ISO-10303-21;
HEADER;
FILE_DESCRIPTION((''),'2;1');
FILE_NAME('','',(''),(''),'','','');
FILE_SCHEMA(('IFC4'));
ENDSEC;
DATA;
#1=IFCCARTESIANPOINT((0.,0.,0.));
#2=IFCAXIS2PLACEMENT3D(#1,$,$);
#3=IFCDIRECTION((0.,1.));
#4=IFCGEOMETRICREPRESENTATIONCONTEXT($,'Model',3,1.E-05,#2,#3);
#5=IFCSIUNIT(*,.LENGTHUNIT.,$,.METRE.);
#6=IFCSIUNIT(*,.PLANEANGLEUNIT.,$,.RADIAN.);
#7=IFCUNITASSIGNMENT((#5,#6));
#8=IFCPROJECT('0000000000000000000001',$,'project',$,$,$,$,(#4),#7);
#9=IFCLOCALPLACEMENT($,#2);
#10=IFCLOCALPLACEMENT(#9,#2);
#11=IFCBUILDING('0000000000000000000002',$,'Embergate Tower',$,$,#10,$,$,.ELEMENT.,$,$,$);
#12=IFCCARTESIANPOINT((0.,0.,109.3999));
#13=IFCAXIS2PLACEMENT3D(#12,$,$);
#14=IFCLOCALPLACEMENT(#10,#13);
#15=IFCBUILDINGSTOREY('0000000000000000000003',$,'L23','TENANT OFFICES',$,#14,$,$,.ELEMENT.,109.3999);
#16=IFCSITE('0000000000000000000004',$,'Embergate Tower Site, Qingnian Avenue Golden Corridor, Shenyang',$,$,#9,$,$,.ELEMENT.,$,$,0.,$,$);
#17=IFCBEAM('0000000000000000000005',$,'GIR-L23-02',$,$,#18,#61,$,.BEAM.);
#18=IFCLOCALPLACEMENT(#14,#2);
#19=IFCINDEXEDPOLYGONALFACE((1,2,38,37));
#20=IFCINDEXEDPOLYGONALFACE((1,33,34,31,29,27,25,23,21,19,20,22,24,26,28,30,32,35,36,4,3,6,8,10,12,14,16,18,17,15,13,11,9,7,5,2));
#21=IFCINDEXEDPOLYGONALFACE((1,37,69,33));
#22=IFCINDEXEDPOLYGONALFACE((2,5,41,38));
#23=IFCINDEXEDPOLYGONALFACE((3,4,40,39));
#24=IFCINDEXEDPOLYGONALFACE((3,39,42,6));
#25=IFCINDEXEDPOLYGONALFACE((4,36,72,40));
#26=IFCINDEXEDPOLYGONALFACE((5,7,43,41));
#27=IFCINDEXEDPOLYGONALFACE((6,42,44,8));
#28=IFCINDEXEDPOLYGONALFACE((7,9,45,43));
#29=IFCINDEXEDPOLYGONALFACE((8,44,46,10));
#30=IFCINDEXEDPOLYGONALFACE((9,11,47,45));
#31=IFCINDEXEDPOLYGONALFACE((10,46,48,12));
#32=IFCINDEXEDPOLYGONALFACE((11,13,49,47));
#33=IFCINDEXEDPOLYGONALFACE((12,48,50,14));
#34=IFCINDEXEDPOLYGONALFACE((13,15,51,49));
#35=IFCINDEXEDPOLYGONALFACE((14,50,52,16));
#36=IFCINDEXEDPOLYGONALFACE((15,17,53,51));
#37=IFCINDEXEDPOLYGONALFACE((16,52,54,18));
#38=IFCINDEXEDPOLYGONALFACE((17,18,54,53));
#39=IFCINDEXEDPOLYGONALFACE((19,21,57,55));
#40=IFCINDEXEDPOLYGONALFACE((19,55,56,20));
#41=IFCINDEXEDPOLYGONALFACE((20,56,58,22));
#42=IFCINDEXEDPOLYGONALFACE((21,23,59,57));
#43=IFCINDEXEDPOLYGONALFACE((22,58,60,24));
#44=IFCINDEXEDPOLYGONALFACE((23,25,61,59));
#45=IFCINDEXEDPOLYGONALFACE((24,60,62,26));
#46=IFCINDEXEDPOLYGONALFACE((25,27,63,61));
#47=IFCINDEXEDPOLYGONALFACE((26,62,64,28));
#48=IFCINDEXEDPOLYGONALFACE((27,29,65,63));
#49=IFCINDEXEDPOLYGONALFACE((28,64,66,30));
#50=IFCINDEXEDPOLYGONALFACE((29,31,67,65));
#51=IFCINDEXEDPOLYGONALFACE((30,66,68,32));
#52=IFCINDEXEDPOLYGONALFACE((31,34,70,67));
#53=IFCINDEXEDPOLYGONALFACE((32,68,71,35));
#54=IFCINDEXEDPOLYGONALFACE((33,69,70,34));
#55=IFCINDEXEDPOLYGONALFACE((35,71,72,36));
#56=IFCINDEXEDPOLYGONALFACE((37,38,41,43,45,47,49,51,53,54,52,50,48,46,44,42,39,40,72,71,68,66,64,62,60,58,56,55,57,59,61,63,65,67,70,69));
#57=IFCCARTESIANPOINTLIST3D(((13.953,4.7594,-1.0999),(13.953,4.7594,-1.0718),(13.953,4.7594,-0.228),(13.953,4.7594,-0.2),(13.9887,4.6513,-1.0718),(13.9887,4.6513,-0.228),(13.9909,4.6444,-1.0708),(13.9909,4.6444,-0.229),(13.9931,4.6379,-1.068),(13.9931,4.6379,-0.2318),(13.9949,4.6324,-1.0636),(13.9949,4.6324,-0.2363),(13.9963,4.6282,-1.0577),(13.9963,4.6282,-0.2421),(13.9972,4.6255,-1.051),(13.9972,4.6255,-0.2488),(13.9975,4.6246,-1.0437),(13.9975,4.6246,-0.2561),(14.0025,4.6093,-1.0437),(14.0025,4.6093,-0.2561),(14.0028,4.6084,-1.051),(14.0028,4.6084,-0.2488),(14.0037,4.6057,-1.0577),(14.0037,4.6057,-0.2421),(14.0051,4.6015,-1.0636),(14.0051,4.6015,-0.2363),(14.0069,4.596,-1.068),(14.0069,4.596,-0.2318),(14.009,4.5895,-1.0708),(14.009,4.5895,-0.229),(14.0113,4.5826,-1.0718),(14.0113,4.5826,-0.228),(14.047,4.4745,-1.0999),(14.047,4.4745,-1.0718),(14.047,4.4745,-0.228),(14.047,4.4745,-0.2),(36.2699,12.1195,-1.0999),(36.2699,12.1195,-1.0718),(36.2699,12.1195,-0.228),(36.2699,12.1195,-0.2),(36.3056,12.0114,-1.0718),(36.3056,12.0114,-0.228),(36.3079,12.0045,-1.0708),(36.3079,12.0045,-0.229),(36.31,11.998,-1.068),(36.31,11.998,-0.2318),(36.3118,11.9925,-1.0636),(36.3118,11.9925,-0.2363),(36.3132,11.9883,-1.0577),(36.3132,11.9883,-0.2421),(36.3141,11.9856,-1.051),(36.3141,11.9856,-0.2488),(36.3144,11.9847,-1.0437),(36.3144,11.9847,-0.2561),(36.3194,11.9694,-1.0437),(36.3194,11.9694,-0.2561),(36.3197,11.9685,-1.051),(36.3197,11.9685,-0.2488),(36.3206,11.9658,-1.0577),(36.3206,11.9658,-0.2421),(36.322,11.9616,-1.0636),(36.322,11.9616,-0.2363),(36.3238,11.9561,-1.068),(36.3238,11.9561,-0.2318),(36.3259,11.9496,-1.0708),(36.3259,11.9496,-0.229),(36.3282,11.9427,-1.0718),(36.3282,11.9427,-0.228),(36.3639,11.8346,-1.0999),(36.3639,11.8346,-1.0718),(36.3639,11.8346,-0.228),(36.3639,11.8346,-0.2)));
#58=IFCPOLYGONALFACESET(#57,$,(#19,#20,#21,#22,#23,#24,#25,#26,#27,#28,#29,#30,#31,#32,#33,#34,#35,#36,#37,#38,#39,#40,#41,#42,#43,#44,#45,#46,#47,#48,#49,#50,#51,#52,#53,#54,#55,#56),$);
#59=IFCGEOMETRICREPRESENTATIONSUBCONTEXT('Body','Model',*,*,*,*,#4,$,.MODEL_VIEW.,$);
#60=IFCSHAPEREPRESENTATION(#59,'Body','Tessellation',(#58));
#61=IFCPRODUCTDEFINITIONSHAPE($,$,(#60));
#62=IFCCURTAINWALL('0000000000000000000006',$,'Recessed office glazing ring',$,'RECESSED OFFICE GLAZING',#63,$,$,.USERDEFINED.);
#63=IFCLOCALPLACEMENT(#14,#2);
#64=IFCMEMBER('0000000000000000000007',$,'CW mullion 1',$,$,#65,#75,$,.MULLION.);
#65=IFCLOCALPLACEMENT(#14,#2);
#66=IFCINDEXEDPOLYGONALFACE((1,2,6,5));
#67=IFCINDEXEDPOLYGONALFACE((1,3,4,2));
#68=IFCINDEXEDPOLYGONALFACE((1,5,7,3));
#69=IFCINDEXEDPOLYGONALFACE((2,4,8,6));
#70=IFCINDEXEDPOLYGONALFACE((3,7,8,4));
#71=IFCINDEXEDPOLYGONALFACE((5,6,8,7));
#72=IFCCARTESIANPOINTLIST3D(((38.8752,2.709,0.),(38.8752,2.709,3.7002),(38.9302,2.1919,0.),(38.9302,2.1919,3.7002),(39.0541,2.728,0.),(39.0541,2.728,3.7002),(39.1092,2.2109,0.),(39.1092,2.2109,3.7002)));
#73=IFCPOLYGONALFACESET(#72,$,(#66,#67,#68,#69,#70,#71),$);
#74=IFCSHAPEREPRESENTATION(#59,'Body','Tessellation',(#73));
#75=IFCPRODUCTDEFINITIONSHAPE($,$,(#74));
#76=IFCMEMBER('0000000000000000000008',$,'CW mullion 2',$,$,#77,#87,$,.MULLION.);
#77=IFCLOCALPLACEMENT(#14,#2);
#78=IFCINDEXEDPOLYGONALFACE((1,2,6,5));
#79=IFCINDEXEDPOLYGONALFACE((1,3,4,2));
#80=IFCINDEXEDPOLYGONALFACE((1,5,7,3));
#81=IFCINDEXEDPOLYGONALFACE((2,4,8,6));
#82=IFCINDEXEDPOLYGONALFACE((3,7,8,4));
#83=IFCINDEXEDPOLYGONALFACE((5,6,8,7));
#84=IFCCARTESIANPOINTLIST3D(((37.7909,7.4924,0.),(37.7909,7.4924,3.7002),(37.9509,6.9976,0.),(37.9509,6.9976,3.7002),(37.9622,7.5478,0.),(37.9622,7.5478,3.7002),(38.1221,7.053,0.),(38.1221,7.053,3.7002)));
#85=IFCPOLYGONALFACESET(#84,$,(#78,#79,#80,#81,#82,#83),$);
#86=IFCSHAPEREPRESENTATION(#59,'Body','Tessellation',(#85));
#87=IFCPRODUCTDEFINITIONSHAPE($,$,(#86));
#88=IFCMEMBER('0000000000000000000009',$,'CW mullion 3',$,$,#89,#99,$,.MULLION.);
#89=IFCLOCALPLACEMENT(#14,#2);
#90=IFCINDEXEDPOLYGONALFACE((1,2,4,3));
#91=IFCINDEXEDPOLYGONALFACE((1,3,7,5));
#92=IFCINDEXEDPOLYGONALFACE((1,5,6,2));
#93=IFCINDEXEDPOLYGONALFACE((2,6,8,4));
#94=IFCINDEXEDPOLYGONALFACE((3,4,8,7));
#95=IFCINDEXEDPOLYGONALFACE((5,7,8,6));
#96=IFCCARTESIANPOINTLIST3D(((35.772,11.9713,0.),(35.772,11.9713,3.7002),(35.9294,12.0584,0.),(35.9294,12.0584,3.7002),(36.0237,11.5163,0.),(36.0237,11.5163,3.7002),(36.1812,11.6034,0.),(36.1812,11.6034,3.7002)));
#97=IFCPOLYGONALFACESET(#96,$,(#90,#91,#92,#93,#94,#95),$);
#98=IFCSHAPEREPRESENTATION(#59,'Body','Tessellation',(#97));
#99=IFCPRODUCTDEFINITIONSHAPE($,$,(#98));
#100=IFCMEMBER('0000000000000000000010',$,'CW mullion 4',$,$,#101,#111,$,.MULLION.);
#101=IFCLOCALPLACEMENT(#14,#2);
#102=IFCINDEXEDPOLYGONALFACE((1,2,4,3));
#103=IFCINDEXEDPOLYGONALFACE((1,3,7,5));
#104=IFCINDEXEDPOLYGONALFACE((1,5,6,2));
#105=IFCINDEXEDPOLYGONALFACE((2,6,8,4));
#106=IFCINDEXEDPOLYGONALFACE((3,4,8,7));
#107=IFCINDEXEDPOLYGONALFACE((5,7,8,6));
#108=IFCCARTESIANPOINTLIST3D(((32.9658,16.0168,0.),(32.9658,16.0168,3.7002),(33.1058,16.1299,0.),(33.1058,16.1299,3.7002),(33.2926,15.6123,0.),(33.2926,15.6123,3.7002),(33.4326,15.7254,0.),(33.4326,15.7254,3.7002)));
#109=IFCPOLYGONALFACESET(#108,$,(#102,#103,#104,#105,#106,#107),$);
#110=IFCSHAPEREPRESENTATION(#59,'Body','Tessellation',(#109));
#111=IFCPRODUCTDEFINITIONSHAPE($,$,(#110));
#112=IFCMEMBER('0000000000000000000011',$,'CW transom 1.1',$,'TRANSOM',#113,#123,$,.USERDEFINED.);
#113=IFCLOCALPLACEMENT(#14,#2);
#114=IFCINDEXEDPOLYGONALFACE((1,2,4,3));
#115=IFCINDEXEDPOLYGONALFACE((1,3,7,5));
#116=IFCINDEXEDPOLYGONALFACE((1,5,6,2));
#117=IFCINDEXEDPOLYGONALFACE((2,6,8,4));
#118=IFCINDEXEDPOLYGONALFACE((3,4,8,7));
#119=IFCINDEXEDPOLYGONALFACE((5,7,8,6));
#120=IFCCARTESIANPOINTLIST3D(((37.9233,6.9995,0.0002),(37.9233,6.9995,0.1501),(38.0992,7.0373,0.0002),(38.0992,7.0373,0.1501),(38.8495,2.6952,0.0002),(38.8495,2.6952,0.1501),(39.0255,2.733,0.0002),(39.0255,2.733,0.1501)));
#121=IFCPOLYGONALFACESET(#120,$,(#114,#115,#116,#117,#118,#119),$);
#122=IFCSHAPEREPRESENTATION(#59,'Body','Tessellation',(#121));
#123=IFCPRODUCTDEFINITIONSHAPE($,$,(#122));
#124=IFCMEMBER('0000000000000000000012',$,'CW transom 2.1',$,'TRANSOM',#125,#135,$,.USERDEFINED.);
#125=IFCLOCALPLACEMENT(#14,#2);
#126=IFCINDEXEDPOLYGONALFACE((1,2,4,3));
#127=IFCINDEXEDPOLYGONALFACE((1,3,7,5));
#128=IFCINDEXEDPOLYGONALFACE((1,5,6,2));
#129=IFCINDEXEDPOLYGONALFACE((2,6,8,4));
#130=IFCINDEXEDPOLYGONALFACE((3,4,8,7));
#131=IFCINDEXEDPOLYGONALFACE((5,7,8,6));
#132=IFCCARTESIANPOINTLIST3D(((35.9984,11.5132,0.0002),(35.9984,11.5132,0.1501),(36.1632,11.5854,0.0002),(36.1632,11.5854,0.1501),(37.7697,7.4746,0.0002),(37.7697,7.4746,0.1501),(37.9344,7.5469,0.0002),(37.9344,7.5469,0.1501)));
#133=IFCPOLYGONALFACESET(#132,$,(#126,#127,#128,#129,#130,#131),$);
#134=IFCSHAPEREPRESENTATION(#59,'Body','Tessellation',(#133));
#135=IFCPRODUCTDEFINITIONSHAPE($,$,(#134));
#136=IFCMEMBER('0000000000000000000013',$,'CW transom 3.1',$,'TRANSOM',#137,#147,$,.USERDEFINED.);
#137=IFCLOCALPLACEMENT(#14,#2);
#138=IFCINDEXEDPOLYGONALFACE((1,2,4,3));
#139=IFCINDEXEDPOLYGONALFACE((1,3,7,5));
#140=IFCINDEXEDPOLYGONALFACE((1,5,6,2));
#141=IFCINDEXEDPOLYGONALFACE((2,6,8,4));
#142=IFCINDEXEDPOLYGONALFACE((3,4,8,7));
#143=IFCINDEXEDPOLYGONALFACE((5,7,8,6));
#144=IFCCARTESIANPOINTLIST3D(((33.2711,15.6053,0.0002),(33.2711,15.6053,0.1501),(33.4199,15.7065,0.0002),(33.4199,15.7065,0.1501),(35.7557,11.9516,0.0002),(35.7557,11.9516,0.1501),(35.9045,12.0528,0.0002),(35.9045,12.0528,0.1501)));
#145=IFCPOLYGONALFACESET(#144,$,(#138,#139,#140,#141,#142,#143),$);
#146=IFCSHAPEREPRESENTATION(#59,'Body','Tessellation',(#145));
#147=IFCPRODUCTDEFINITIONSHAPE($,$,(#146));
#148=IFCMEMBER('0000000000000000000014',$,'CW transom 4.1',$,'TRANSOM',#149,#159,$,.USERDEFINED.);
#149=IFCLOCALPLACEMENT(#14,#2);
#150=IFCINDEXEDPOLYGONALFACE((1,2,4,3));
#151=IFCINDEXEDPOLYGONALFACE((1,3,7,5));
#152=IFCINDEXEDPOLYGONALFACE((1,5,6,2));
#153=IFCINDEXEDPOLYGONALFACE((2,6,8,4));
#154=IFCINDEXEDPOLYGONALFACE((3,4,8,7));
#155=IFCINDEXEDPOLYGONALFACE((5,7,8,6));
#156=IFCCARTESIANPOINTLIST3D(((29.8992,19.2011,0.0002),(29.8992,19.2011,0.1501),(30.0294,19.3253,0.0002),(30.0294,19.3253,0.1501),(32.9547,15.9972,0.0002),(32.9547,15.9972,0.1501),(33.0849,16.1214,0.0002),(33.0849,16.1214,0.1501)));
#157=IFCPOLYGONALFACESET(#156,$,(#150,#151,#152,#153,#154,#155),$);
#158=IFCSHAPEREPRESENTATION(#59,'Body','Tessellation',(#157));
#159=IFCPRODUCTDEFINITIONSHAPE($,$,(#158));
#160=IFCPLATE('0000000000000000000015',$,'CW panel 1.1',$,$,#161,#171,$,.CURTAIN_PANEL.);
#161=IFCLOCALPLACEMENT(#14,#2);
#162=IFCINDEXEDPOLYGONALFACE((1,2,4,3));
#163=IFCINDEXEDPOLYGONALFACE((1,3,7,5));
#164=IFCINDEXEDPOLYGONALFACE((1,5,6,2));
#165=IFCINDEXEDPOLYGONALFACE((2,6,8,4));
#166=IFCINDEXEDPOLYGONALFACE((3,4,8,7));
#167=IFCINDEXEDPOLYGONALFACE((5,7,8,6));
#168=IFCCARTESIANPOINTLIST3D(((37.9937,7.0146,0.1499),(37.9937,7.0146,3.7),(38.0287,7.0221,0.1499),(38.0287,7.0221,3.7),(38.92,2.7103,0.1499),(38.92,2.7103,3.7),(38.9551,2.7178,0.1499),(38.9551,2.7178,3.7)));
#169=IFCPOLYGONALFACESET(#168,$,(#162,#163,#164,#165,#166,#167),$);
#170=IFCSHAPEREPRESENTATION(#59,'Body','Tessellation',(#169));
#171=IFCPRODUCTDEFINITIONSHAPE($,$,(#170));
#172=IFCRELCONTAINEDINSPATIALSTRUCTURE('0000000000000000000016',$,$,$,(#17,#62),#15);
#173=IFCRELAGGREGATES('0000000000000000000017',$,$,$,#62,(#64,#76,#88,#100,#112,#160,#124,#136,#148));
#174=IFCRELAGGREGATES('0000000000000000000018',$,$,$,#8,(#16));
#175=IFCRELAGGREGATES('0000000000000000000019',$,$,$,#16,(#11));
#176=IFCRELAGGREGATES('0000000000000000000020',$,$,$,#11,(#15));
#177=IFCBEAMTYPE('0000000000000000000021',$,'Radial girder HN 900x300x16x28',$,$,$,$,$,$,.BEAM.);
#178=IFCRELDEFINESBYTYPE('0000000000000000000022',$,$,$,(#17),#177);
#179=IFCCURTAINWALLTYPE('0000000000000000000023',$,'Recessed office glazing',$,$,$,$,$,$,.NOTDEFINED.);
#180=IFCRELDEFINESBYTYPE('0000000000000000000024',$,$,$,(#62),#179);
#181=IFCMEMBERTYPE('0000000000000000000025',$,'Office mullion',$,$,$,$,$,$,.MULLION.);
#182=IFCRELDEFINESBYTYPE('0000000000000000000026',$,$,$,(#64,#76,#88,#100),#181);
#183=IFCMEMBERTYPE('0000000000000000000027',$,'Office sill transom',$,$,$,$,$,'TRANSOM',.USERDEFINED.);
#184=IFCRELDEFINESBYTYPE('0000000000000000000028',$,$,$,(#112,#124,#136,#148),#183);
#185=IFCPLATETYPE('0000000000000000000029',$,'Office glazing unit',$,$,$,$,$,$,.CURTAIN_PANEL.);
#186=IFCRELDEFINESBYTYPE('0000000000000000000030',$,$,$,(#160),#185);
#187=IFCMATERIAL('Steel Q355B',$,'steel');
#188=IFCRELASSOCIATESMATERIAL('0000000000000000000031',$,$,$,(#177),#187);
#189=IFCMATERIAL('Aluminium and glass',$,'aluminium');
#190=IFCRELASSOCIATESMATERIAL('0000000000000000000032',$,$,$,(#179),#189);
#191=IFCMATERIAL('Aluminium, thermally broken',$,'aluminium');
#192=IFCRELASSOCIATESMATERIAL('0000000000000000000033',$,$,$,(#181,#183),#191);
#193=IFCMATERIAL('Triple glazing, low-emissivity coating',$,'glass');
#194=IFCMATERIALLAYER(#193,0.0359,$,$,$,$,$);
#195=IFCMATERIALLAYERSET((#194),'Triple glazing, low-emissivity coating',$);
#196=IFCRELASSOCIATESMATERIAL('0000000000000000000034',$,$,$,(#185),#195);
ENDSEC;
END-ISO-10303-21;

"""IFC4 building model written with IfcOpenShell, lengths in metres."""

from ifc_helpers import new_model, si_unit, direction, frame, origin, origin_2d, place, context, subcontext, project, spatial, rectangle, i_section, extrude, source, transform, mapped, material, layer, layer_set, material_profile, profile_set, type_object, element, aggregate, save


model = new_model("IFC4")

# Units and contexts
model_context = context("Model", 3, precision=1e-05, world=origin(), true_north=direction((0.0, 1.0)))
body_context = subcontext(model_context, "Body", "Model", "MODEL_VIEW")
ifc_project = project(units=[si_unit("LENGTHUNIT", "METRE"), si_unit("PLANEANGLEUNIT", "RADIAN")], contexts=[model_context])

# Site, building, storey
site_placement = place(None, origin())
site = spatial("IfcSite", under=ifc_project, at=site_placement, Name="Embergate Tower Site, Qingnian Avenue Golden Corridor, Shenyang", CompositionType="ELEMENT", RefElevation=0.0)
building_placement = place(site_placement, origin())
building = spatial("IfcBuilding", under=site, at=building_placement, Name="Embergate Tower", CompositionType="ELEMENT")
storey_placement = place(building_placement, frame((0.0, 0.0, 109.3999)))
storey = spatial("IfcBuildingStorey", under=building, at=storey_placement, Name="L23", Description="TENANT OFFICES", CompositionType="ELEMENT", Elevation=109.3999)

# Beam
ifc_material_1 = material(Name="Steel Q355B", Category="steel")
ifc_material_profile_1 = material_profile(ifc_material_1, i_section(OverallWidth=0.3, OverallDepth=0.8999, WebThickness=0.0161, FlangeThickness=0.0281, FilletRadius=0.0281, at=origin_2d()), Name="HN 900x300x16x28")
ifc_profile_set_1 = profile_set([ifc_material_profile_1], Name="Steel Q355 grade B")
beam_type_1 = type_object("IfcBeamType", Name="Radial girder HN 900x300x16x28", PredefinedType="BEAM", material=ifc_profile_set_1)
shared_shape_1 = source(origin(), body_context, "Body", "SweptSolid", [
    extrude(i_section(OverallWidth=0.3, OverallDepth=0.8999, WebThickness=0.0161, FlangeThickness=0.0281, FilletRadius=0.0281, at=origin_2d()), origin(), (0.0, 0.0, 1.0), 23.4993),
])
beam_1_placement = place(storey_placement, frame((36.3169, 11.9771, -0.6499), z_axis=(-0.949685, -0.313206, 0.0), x_axis=(0.313206, -0.949685, 0.0)))
element("IfcBeam", 1, at=beam_1_placement, inside=storey, type_object=beam_type_1, Name="GIR-L23-02", PredefinedType="BEAM", context=body_context, shape_type="MappedRepresentation", body=[
    mapped(shared_shape_1, transform((0.0, 0.0, 0.0))),
])

# Curtain wall, members, plate
ifc_material_2 = material(Name="Aluminium and glass", Category="aluminium")
curtain_wall_type = type_object("IfcCurtainWallType", Name="Recessed office glazing", PredefinedType="NOTDEFINED", material=ifc_material_2)
curtain_wall_placement = place(storey_placement, origin())
curtain_wall = element("IfcCurtainWall", 2, at=curtain_wall_placement, inside=storey, type_object=curtain_wall_type, Name="Recessed office glazing ring", ObjectType="RECESSED OFFICE GLAZING", PredefinedType="USERDEFINED")
ifc_material_3 = material(Name="Aluminium, thermally broken", Category="aluminium")
ifc_material_profile_2 = material_profile(ifc_material_3, rectangle(XDim=0.1799, YDim=0.52, at=origin_2d()), Name="AL 520x180")
ifc_profile_set_2 = profile_set([ifc_material_profile_2], Name="Aluminium, thermally broken")
member_type_1 = type_object("IfcMemberType", Name="Office mullion", PredefinedType="MULLION", material=ifc_profile_set_2)
shared_shape_2 = source(origin(), body_context, "Body", "SweptSolid", [
    extrude(rectangle(XDim=0.1799, YDim=0.52, at=origin_2d()), origin(), (0.0, 0.0, 1.0), 3.7002),
])
member_1_placement = place(storey_placement, frame((38.9922, 2.46, 0.0), z_axis=(0.0, 0.0, 1.0), x_axis=(-0.994385, -0.10582, 0.0)))
member_1 = element("IfcMember", 3, at=member_1_placement, type_object=member_type_1, Name="CW mullion 1", PredefinedType="MULLION", context=body_context, shape_type="MappedRepresentation", body=[
    mapped(shared_shape_2, transform((0.0, 0.0, 0.0))),
])
member_2_placement = place(storey_placement, frame((37.9565, 7.2727, 0.0), z_axis=(0.0, 0.0, 1.0), x_axis=(-0.951502, -0.307644, 0.0)))
member_2 = element("IfcMember", 4, at=member_2_placement, type_object=member_type_1, Name="CW mullion 2", PredefinedType="MULLION", context=body_context, shape_type="MappedRepresentation", body=[
    mapped(shared_shape_2, transform((0.0, 0.0, 0.0))),
])
member_3_placement = place(storey_placement, frame((35.9766, 11.7874, 0.0), z_axis=(0.0, 0.0, 1.0), x_axis=(-0.87501, -0.484106, 0.0)))
member_3 = element("IfcMember", 5, at=member_3_placement, type_object=member_type_1, Name="CW mullion 3", PredefinedType="MULLION", context=body_context, shape_type="MappedRepresentation", body=[
    mapped(shared_shape_2, transform((0.0, 0.0, 0.0))),
])
member_4_placement = place(storey_placement, frame((33.1992, 15.8711, 0.0), z_axis=(0.0, 0.0, 1.0), x_axis=(-0.777884, -0.628408, 0.0)))
member_4 = element("IfcMember", 6, at=member_4_placement, type_object=member_type_1, Name="CW mullion 4", PredefinedType="MULLION", context=body_context, shape_type="MappedRepresentation", body=[
    mapped(shared_shape_2, transform((0.0, 0.0, 0.0))),
])
ifc_material_profile_3 = material_profile(ifc_material_3, rectangle(XDim=0.1799, YDim=0.1499, at=origin_2d()), Name="AL 150x180")
ifc_profile_set_3 = profile_set([ifc_material_profile_3], Name="Aluminium, thermally broken")
member_type_2 = type_object("IfcMemberType", Name="Office sill transom", ElementType="TRANSOM", PredefinedType="USERDEFINED", material=ifc_profile_set_3)
shared_shape_3 = source(origin(), body_context, "Body", "SweptSolid", [
    extrude(rectangle(XDim=0.1799, YDim=0.1499, at=origin_2d()), origin(), (0.0, 0.0, 1.0), 4.4028),
])
member_5_placement = place(storey_placement, frame((38.9375, 2.7141, 0.0752), z_axis=(-0.210385, 0.977619, 0.0), x_axis=(-0.977619, -0.210385, 0.0)))
member_5 = element("IfcMember", 7, at=member_5_placement, type_object=member_type_2, Name="CW transom 1.1", ObjectType="TRANSOM", PredefinedType="USERDEFINED", context=body_context, shape_type="MappedRepresentation", body=[
    mapped(shared_shape_3, transform((0.0, 0.0, 0.0))),
])
shared_shape_4 = source(origin(), body_context, "Body", "SweptSolid", [
    extrude(rectangle(XDim=0.1799, YDim=0.1499, at=origin_2d()), origin(), (0.0, 0.0, 1.0), 4.4099),
])
member_6_placement = place(storey_placement, frame((37.8521, 7.5107, 0.0752), z_axis=(-0.401649, 0.915794, 0.0), x_axis=(-0.915794, -0.401649, 0.0)))
member_6 = element("IfcMember", 8, at=member_6_placement, type_object=member_type_2, Name="CW transom 2.1", ObjectType="TRANSOM", PredefinedType="USERDEFINED", context=body_context, shape_type="MappedRepresentation", body=[
    mapped(shared_shape_4, transform((0.0, 0.0, 0.0))),
])
shared_shape_5 = source(origin(), body_context, "Body", "SweptSolid", [
    extrude(rectangle(XDim=0.1799, YDim=0.1499, at=origin_2d()), origin(), (0.0, 0.0, 1.0), 4.4185),
])
member_7_placement = place(storey_placement, frame((35.8301, 12.0022, 0.0752), z_axis=(-0.562315, 0.826923, 0.0), x_axis=(-0.826923, -0.562315, 0.0)))
member_7 = element("IfcMember", 9, at=member_7_placement, type_object=member_type_2, Name="CW transom 3.1", ObjectType="TRANSOM", PredefinedType="USERDEFINED", context=body_context, shape_type="MappedRepresentation", body=[
    mapped(shared_shape_5, transform((0.0, 0.0, 0.0))),
])
shared_shape_6 = source(origin(), body_context, "Body", "SweptSolid", [
    extrude(rectangle(XDim=0.1799, YDim=0.1499, at=origin_2d()), origin(), (0.0, 0.0, 1.0), 4.4272),
])
member_8_placement = place(storey_placement, frame((33.0198, 16.0593, 0.0752), z_axis=(-0.690144, 0.723672, 0.0), x_axis=(-0.723672, -0.690144, 0.0)))
member_8 = element("IfcMember", 10, at=member_8_placement, type_object=member_type_2, Name="CW transom 4.1", ObjectType="TRANSOM", PredefinedType="USERDEFINED", context=body_context, shape_type="MappedRepresentation", body=[
    mapped(shared_shape_6, transform((0.0, 0.0, 0.0))),
])
ifc_material_4 = material(Name="Triple glazing, low-emissivity coating", Category="glass")
ifc_layer_1 = layer(ifc_material_4, 0.0359)
ifc_layer_set_1 = layer_set([ifc_layer_1], Name="Triple glazing, low-emissivity coating")
plate_type = type_object("IfcPlateType", Name="Office glazing unit", PredefinedType="CURTAIN_PANEL", material=ifc_layer_set_1)
shared_shape_7 = source(origin(), body_context, "Body", "SweptSolid", [
    extrude(rectangle(XDim=4.4028, YDim=0.0359, at=origin_2d()), origin(), (0.0, 0.0, 1.0), 3.55),
])
plate_1_placement = place(storey_placement, frame((38.4744, 4.8662, 0.1499), z_axis=(0.0, 0.0, 1.0), x_axis=(-0.210392, 0.977617, 0.0)))
plate_1 = element("IfcPlate", 11, at=plate_1_placement, type_object=plate_type, Name="CW panel 1.1", PredefinedType="CURTAIN_PANEL", context=body_context, shape_type="MappedRepresentation", body=[
    mapped(shared_shape_7, transform((0.0, 0.0, 0.0))),
])
aggregate(curtain_wall, [member_1, member_2, member_3, member_4, member_5, plate_1, member_6, member_7, member_8])

save(model, "model.ifc")
